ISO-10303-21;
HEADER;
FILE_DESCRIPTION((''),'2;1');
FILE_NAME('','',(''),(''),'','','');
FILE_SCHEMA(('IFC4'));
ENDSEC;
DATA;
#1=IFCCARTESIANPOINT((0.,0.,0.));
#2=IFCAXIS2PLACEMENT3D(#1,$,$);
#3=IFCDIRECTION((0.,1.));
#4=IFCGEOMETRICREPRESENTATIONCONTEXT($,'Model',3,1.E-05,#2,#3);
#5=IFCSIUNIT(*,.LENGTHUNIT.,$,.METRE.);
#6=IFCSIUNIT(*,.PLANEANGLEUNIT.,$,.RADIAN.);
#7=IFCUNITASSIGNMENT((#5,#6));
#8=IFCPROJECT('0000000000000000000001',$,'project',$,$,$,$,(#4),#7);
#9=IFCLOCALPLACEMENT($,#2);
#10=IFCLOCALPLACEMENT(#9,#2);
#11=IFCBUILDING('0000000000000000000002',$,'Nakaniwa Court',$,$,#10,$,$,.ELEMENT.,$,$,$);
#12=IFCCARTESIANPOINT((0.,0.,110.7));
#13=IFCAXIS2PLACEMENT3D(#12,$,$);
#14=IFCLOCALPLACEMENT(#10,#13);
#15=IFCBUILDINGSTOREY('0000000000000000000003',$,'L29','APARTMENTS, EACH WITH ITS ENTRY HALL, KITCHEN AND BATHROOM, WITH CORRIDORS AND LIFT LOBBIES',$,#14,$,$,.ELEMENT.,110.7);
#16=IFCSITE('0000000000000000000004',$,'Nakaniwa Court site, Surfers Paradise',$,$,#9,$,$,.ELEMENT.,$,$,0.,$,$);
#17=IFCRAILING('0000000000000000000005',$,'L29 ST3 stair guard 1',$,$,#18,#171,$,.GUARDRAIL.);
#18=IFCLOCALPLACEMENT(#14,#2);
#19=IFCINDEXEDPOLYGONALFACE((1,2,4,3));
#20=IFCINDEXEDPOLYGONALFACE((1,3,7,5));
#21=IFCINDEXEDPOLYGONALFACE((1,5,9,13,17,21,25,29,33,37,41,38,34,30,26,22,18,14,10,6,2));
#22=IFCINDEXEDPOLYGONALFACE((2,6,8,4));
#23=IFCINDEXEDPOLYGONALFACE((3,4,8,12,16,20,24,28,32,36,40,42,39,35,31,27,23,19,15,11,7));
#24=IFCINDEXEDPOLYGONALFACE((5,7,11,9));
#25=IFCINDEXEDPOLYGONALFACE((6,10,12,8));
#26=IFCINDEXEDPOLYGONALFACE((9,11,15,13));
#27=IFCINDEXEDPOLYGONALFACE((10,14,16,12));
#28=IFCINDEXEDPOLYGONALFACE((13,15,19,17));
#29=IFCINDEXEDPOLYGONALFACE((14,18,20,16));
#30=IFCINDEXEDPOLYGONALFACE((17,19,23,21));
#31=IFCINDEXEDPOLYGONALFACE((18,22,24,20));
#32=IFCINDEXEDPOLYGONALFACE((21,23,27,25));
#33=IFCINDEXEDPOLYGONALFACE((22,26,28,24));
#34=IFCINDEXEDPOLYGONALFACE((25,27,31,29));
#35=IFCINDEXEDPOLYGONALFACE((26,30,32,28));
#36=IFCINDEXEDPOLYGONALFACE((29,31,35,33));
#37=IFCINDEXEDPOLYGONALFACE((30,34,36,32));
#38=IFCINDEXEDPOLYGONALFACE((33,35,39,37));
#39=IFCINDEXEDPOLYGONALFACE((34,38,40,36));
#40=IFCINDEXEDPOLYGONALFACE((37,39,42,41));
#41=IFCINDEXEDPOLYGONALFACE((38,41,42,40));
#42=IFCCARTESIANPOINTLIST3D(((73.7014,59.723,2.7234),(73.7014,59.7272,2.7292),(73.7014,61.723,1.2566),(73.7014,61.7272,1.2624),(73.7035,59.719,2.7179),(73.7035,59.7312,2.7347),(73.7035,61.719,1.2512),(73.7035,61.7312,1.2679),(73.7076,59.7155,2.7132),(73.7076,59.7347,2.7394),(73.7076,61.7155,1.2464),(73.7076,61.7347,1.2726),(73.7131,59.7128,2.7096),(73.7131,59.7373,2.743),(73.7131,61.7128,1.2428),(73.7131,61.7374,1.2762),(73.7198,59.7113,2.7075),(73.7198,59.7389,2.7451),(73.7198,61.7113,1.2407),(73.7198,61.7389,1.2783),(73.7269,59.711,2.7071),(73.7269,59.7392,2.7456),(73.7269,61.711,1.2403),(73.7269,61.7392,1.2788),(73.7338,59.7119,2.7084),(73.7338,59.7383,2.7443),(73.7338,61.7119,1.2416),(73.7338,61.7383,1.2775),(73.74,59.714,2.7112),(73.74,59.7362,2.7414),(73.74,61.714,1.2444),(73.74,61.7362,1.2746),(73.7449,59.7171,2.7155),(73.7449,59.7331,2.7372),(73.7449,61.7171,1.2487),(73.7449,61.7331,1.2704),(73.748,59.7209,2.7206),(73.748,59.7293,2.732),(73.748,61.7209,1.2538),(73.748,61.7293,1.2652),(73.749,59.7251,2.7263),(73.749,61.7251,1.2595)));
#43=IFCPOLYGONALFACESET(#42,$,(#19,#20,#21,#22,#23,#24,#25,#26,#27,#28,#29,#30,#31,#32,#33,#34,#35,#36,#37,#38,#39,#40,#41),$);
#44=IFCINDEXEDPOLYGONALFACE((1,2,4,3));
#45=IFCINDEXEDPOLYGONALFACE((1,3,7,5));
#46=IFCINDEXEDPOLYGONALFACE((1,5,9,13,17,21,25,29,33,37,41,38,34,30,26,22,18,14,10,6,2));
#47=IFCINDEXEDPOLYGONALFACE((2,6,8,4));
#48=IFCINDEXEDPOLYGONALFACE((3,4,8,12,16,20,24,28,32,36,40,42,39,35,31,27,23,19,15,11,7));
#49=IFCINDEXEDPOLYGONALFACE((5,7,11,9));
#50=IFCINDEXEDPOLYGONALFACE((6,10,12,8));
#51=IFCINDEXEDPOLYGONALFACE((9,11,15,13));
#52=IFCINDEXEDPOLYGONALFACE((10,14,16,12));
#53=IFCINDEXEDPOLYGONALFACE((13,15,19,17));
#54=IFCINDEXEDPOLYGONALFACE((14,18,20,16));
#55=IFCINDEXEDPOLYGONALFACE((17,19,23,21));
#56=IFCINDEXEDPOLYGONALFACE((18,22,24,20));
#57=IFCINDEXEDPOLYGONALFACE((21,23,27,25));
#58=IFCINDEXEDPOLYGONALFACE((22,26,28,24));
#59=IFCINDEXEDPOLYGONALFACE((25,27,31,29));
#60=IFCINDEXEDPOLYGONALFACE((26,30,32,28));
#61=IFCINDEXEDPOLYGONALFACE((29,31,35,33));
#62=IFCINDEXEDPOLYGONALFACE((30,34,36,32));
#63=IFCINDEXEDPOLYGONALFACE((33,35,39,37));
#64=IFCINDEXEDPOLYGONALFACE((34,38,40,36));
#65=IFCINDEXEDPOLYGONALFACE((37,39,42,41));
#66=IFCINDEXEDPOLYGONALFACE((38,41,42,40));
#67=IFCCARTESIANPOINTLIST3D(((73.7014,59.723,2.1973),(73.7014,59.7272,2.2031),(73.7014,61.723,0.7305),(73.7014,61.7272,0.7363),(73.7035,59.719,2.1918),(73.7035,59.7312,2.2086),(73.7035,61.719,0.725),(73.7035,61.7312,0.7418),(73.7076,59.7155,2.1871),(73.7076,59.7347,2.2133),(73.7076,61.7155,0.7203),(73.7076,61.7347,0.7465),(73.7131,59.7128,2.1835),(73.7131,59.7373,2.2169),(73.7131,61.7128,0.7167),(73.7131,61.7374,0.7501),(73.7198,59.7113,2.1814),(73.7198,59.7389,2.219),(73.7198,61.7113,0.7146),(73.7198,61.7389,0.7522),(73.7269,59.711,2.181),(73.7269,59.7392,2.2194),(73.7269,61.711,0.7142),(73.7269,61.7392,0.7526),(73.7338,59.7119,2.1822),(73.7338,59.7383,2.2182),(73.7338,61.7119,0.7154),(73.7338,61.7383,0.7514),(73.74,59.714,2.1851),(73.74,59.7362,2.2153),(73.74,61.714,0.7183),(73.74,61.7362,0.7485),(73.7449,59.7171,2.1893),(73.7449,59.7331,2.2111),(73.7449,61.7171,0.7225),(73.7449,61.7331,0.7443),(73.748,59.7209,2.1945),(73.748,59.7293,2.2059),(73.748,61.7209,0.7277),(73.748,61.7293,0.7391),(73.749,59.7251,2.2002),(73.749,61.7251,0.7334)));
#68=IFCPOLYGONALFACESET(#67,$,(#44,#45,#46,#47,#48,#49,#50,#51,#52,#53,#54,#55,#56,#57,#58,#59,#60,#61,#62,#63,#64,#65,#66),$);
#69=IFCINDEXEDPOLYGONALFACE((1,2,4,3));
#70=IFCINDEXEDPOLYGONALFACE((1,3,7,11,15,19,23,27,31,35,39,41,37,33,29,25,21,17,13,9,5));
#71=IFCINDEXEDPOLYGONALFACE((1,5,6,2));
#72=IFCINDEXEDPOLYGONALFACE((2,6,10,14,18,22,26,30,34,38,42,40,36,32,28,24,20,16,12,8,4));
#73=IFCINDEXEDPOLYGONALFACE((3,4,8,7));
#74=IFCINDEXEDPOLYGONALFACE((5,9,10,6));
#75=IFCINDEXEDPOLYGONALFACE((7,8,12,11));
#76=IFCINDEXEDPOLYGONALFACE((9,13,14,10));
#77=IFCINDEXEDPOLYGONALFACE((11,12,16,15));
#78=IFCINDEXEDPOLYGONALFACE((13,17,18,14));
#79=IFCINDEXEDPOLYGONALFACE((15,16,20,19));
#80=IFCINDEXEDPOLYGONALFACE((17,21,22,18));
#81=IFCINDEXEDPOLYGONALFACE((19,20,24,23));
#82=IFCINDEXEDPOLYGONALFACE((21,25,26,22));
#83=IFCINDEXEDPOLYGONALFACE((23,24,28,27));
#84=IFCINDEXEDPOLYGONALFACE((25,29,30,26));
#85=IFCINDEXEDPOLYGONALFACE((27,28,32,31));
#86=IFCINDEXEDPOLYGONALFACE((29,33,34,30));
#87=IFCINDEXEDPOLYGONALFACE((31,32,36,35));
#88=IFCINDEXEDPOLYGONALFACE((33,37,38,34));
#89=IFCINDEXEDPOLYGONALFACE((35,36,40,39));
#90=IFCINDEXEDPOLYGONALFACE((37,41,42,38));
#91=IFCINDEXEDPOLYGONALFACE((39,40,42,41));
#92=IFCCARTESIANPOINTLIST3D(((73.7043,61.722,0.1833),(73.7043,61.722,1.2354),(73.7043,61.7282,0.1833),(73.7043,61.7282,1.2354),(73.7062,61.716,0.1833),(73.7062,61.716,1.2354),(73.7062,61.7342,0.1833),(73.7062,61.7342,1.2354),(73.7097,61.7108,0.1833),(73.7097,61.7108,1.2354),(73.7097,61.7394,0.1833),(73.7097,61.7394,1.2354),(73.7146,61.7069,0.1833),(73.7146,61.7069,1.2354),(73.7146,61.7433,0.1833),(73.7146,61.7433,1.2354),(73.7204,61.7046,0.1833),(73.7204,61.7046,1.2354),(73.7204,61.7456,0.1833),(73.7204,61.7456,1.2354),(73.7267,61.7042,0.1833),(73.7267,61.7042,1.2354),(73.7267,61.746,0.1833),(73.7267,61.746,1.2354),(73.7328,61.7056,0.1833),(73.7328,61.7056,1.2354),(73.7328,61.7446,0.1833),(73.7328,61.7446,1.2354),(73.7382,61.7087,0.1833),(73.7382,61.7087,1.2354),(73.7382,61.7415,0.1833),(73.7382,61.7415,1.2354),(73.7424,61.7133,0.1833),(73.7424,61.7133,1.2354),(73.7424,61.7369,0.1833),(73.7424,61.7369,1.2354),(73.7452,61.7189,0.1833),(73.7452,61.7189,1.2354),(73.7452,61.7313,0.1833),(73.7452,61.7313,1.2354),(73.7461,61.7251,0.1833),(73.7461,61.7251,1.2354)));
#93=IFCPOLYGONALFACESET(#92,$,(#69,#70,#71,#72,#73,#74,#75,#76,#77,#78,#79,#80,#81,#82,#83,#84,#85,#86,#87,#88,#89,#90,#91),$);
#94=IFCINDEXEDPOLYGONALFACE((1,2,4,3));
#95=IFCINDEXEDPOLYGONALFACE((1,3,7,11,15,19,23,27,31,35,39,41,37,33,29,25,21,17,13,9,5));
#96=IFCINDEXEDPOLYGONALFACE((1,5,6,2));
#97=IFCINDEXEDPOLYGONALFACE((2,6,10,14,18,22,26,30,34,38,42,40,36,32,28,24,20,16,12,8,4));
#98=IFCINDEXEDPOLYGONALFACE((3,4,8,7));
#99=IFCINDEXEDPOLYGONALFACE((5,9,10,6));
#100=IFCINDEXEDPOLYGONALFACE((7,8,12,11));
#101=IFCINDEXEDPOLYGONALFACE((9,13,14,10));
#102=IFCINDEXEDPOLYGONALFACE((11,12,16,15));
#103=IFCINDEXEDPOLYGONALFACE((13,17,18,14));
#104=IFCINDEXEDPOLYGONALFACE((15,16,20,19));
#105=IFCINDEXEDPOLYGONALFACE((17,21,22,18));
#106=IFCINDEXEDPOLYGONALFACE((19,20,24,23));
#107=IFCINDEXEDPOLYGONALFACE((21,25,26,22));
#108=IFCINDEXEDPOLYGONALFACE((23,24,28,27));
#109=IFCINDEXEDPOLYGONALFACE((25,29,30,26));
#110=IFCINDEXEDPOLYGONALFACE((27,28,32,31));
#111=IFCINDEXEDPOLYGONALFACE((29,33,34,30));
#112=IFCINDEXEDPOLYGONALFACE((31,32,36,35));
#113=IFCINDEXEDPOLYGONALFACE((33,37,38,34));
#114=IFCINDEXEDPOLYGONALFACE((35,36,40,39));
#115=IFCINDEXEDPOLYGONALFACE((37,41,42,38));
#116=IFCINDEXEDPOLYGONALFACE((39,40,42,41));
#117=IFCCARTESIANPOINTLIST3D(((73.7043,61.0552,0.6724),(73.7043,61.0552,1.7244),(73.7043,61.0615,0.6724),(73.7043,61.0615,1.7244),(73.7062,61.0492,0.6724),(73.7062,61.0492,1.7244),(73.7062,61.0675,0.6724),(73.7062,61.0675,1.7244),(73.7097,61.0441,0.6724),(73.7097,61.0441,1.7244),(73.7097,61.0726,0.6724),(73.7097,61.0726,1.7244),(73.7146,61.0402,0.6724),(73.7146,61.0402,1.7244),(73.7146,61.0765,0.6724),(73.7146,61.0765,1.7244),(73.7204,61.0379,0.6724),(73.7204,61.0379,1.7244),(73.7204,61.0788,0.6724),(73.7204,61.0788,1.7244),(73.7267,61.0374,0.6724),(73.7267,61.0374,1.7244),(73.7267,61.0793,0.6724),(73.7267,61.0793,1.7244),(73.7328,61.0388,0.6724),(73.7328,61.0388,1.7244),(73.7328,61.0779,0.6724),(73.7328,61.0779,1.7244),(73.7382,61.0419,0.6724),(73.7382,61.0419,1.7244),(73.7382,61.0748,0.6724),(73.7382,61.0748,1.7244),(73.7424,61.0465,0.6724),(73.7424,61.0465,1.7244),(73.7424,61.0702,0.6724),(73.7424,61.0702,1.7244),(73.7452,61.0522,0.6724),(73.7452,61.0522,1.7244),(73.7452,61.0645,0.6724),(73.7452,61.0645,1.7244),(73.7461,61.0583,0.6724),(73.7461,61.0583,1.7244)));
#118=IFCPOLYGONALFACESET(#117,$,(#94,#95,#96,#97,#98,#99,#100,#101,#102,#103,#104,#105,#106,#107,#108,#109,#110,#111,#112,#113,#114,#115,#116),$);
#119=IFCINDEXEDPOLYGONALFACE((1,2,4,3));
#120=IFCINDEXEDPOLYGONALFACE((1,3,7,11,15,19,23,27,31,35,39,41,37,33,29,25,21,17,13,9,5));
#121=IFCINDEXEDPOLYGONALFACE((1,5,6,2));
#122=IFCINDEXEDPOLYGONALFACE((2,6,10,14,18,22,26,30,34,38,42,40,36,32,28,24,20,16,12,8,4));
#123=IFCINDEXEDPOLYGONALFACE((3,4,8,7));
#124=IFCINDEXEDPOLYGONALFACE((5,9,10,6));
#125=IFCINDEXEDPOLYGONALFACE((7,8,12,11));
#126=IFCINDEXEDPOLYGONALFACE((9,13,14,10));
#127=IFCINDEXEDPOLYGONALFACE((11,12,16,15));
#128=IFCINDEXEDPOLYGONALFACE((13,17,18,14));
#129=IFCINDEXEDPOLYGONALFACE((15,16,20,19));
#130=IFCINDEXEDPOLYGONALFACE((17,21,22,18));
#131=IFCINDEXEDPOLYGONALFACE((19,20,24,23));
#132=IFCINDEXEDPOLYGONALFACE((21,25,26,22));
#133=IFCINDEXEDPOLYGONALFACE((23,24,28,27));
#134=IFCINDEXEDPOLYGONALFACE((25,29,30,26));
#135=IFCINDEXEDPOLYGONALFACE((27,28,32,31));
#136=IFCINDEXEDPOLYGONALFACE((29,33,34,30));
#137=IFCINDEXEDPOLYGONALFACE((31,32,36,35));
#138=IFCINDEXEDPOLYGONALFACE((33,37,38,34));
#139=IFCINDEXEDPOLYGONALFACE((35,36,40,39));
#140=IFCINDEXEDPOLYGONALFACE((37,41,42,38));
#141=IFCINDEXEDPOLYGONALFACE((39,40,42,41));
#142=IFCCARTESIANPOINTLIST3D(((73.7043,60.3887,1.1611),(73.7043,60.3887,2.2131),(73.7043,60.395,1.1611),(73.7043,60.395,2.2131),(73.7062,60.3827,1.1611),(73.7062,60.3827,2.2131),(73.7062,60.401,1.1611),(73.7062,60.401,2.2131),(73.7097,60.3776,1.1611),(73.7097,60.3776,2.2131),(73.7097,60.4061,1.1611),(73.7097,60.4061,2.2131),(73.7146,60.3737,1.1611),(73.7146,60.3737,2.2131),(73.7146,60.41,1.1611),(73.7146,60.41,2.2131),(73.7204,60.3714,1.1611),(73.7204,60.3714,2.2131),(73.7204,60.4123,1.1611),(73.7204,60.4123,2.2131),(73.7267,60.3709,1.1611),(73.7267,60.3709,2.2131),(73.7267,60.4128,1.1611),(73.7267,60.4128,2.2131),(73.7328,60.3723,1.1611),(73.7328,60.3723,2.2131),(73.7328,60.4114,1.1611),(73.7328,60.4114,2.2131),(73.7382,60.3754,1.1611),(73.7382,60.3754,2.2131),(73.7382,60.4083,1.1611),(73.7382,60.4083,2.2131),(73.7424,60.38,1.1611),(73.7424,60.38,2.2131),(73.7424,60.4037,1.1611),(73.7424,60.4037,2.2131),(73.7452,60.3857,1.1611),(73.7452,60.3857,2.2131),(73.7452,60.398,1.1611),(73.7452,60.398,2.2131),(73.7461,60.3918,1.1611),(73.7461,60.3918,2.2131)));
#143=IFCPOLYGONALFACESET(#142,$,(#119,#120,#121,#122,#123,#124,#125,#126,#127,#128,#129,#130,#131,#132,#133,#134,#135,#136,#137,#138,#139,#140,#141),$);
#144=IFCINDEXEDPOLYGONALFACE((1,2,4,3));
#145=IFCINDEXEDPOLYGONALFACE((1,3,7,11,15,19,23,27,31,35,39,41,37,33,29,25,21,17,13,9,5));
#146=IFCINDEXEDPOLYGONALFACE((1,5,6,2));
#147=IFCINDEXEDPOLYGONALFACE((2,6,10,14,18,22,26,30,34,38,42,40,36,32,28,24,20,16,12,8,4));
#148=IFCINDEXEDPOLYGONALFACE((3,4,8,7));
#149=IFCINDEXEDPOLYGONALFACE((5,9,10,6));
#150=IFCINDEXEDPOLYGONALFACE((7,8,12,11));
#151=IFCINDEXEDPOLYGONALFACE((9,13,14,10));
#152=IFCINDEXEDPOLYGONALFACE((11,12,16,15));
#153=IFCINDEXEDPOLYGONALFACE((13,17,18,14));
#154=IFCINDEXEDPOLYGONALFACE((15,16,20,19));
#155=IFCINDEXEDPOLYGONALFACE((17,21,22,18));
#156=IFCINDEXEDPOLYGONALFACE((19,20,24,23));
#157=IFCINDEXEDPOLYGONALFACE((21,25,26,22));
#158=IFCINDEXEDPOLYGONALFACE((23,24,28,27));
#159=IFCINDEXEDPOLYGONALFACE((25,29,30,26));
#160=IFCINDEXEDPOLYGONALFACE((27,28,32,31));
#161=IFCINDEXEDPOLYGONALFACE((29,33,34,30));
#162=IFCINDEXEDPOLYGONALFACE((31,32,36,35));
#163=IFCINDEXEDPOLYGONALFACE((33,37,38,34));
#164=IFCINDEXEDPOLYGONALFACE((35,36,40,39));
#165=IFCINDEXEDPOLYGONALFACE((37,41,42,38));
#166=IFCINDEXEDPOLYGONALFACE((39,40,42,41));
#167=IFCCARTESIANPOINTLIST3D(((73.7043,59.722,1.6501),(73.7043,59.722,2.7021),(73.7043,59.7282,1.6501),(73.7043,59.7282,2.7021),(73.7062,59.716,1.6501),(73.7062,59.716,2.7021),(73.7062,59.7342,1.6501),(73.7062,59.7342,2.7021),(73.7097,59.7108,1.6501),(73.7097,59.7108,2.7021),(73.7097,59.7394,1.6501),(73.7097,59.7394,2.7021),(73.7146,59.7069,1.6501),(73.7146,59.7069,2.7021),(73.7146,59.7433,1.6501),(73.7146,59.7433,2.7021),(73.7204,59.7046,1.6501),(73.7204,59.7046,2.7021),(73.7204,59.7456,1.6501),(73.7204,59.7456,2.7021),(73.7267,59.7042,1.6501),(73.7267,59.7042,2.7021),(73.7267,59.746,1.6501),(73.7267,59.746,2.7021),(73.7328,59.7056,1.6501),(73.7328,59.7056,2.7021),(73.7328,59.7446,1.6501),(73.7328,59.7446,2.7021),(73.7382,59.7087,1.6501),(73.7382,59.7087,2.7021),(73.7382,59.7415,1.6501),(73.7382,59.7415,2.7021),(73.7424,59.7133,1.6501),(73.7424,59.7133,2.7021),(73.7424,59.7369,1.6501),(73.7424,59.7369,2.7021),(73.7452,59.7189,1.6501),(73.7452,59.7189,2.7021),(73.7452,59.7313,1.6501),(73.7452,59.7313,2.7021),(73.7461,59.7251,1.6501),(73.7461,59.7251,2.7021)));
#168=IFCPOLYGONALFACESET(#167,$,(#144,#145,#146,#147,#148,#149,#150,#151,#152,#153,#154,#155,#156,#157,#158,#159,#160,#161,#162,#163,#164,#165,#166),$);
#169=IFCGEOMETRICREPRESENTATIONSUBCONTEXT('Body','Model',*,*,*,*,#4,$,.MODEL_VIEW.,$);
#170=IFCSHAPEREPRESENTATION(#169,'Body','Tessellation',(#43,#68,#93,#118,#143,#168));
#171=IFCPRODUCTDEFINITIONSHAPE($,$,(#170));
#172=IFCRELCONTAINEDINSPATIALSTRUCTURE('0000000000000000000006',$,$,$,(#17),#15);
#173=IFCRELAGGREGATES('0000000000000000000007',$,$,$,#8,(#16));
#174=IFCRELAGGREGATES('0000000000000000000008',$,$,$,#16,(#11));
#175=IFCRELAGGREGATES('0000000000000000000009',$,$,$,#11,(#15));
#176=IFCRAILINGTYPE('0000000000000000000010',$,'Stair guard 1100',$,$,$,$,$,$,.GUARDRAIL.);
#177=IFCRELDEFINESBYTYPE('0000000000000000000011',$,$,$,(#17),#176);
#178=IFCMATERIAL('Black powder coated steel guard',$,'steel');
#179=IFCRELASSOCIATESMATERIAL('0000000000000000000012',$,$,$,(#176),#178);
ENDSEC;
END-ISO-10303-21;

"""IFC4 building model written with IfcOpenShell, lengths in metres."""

from ifc_helpers import new_model, si_unit, direction, frame, origin, origin_2d, place, context, subcontext, project, spatial, circle, extrude, material, type_object, element, save


model = new_model("IFC4")

# Units and contexts
model_context = context("Model", 3, precision=1e-05, world=origin(), true_north=direction((0.0, 1.0)))
body_context = subcontext(model_context, "Body", "Model", "MODEL_VIEW")
ifc_project = project(units=[si_unit("LENGTHUNIT", "METRE"), si_unit("PLANEANGLEUNIT", "RADIAN")], contexts=[model_context])

# Site, building, storey
site_placement = place(None, origin())
site = spatial("IfcSite", under=ifc_project, at=site_placement, Name="Nakaniwa Court site, Surfers Paradise", CompositionType="ELEMENT", RefElevation=0.0)
building_placement = place(site_placement, origin())
building = spatial("IfcBuilding", under=site, at=building_placement, Name="Nakaniwa Court", CompositionType="ELEMENT")
storey_placement = place(building_placement, frame((0.0, 0.0, 110.7)))
storey = spatial("IfcBuildingStorey", under=building, at=storey_placement, Name="L29", Description="APARTMENTS, EACH WITH ITS ENTRY HALL, KITCHEN AND BATHROOM, WITH CORRIDORS AND LIFT LOBBIES", CompositionType="ELEMENT", Elevation=110.7)

# Railing
ifc_material_1 = material(Name="Black powder coated steel guard", Category="steel")
railing_type_1 = type_object("IfcRailingType", Name="Stair guard 1100", PredefinedType="GUARDRAIL", material=ifc_material_1)
railing_1_placement = place(storey_placement, frame((73.7251, 61.7251, 0.1833)))
element("IfcRailing", 1, at=railing_1_placement, inside=storey, type_object=railing_type_1, Name="L29 ST3 stair guard 1", PredefinedType="GUARDRAIL", context=body_context, shape_type="SweptSolid", body=[
    extrude(circle(Radius=0.0239, at=origin_2d()), frame((0.0, 0.0, 1.0762), z_axis=(0.0, -0.80638, 0.591398), x_axis=(1.0, 0.0, 0.0)), (0.0, 0.0, 1.0), 2.4802),
    extrude(circle(Radius=0.0239, at=origin_2d()), frame((0.0, 0.0, 0.55), z_axis=(0.0, -0.80638, 0.591398), x_axis=(1.0, 0.0, 0.0)), (0.0, 0.0, 1.0), 2.4802),
    extrude(circle(Radius=0.021, at=origin_2d()), origin(), (0.0, 0.0, 1.0), 1.052),
    extrude(circle(Radius=0.021, at=origin_2d()), frame((0.0, -0.6667, 0.489)), (0.0, 0.0, 1.0), 1.052),
    extrude(circle(Radius=0.021, at=origin_2d()), frame((0.0, -1.3333, 0.9778)), (0.0, 0.0, 1.0), 1.052),
    extrude(circle(Radius=0.021, at=origin_2d()), frame((0.0, -2.0, 1.4668)), (0.0, 0.0, 1.0), 1.052),
])

save(model, "model.ifc")
